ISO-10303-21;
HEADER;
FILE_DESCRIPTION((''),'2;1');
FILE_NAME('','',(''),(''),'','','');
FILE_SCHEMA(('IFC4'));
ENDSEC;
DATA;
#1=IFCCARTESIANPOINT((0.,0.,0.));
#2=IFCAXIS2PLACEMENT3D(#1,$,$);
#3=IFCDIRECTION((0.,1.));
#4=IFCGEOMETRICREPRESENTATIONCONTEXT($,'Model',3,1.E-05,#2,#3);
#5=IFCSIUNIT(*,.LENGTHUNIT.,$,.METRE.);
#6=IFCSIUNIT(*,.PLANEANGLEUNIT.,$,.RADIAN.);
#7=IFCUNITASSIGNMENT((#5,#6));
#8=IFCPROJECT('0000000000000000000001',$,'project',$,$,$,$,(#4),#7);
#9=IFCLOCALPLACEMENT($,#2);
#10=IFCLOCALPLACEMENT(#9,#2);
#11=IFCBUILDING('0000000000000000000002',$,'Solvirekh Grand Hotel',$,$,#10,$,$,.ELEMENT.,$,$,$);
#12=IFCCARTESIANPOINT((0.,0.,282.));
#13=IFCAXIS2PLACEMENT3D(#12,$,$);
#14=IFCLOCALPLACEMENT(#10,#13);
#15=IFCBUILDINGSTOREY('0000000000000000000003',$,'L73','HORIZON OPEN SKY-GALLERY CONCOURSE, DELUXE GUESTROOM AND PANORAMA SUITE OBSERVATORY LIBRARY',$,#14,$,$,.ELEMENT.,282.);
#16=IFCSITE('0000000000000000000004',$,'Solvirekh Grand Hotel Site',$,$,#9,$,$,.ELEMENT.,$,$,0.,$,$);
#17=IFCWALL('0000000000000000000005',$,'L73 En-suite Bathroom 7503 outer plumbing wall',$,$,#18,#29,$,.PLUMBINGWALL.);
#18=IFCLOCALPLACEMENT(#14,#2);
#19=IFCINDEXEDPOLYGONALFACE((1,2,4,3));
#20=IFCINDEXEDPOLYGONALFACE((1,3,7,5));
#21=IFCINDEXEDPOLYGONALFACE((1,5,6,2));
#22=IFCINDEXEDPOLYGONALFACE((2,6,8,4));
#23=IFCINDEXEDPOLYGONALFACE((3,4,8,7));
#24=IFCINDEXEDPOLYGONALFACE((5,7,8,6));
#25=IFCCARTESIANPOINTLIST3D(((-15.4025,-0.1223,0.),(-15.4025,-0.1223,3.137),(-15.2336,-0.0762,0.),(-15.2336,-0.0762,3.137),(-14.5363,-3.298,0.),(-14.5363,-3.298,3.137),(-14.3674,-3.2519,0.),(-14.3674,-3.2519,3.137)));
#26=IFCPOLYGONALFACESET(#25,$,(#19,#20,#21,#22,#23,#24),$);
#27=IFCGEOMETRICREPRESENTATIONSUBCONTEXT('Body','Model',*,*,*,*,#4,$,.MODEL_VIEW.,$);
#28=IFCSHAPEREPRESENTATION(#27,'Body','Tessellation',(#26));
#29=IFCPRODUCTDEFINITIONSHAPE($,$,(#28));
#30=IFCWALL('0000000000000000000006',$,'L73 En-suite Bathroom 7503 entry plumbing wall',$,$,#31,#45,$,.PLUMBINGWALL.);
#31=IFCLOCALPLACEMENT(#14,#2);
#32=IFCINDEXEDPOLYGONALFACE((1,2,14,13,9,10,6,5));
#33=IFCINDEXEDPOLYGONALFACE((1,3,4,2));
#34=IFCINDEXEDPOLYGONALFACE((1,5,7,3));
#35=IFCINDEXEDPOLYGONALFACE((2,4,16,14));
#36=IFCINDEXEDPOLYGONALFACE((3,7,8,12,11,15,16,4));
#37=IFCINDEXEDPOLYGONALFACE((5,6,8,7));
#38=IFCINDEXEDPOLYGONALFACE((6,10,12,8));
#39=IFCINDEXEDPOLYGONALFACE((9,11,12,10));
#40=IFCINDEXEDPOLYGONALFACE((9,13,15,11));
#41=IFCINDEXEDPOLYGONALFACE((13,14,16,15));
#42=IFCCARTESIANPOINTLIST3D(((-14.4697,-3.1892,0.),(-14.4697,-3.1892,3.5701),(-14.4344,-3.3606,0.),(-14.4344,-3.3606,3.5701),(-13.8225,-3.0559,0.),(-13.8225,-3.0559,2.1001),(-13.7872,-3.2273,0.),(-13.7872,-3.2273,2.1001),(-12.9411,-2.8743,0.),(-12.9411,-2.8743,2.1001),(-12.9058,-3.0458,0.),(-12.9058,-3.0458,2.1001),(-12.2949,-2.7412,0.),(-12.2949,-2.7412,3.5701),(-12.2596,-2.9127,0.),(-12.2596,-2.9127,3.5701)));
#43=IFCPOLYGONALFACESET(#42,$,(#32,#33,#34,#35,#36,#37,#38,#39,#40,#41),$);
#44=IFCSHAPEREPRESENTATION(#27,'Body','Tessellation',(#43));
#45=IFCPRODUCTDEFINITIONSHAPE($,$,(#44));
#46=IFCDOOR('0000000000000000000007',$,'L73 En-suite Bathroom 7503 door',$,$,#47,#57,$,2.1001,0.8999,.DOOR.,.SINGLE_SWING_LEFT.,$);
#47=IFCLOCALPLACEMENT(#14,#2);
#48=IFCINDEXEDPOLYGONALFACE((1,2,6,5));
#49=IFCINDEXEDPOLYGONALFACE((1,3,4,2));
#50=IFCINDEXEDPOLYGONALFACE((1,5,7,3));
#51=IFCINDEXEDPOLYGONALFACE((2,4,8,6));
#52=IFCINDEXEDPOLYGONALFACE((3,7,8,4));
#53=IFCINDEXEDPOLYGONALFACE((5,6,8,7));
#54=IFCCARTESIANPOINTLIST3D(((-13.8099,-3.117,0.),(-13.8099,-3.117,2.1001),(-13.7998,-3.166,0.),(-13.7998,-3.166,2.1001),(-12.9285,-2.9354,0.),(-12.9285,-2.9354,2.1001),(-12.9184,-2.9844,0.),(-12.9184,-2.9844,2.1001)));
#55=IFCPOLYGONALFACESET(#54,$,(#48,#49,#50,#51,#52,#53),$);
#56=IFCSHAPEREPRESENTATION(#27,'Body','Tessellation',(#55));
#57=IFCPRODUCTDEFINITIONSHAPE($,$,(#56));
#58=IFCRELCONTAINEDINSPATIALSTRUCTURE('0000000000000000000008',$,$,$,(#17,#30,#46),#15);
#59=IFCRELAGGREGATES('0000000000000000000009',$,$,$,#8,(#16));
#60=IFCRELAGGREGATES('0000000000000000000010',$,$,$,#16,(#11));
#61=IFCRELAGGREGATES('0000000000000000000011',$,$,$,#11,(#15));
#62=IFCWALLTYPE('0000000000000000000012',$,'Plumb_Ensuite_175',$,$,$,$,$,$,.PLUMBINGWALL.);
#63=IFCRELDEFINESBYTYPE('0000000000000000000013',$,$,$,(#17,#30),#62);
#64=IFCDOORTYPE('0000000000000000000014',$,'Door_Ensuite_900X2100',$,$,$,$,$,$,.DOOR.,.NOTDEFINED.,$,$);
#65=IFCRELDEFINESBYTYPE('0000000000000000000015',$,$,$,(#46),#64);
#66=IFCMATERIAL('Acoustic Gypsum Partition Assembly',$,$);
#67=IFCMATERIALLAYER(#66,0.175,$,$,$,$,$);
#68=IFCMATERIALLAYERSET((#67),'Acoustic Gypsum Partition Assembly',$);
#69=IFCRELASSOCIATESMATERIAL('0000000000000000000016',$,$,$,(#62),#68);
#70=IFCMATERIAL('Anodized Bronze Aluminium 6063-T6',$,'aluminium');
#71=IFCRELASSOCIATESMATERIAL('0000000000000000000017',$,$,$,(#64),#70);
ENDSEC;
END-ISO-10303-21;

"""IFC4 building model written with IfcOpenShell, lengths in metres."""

from ifc_helpers import new_model, si_unit, direction, frame, frame_2d, origin, place, context, subcontext, project, spatial, rectangle, extrude, material, layer, layer_set, type_object, element, fill, save


model = new_model("IFC4")

# Units and contexts
model_context = context("Model", 3, precision=1e-05, world=origin(), true_north=direction((0.0, 1.0)))
body_context = subcontext(model_context, "Body", "Model", "MODEL_VIEW")
ifc_project = project(units=[si_unit("LENGTHUNIT", "METRE"), si_unit("PLANEANGLEUNIT", "RADIAN")], contexts=[model_context])

# Site, building, storey
site_placement = place(None, origin())
site = spatial("IfcSite", under=ifc_project, at=site_placement, Name="Solvirekh Grand Hotel Site", CompositionType="ELEMENT", RefElevation=0.0)
building_placement = place(site_placement, origin())
building = spatial("IfcBuilding", under=site, at=building_placement, Name="Solvirekh Grand Hotel", CompositionType="ELEMENT")
storey_placement = place(building_placement, frame((0.0, 0.0, 282.0)))
storey = spatial("IfcBuildingStorey", under=building, at=storey_placement, Name="L73", Description="HORIZON OPEN SKY-GALLERY CONCOURSE, DELUXE GUESTROOM AND PANORAMA SUITE OBSERVATORY LIBRARY", CompositionType="ELEMENT", Elevation=282.0)

# Shared definitions
ifc_material_1 = material(Name="Acoustic Gypsum Partition Assembly")

# Shared definitions
ifc_material_2 = material(Name="Anodized Bronze Aluminium 6063-T6", Category="aluminium")

# Wall
ifc_layer_1 = layer(ifc_material_1, 0.175)
ifc_layer_set_1 = layer_set([ifc_layer_1], Name="Acoustic Gypsum Partition Assembly")
wall_type_1 = type_object("IfcWallType", Name="Plumb_Ensuite_175", PredefinedType="PLUMBINGWALL", material=ifc_layer_set_1)
wall_1_placement = place(storey_placement, frame((-15.3181, -0.0991, 0.0), z_axis=(0.0, 0.0, 1.0), x_axis=(0.263143, -0.964757, 0.0)))
element("IfcWall", 1, at=wall_1_placement, inside=storey, type_object=wall_type_1, Name="L73 En-suite Bathroom 7503 outer plumbing wall", PredefinedType="PLUMBINGWALL", context=body_context, shape_type="SweptSolid", body=[
    extrude(rectangle(XDim=3.2917, YDim=0.175, at=frame_2d((1.646, 0.0))), origin(), (0.0, 0.0, 1.0), 3.137),
])

# Wall, opening, door
wall_2_placement = place(storey_placement, frame((-12.2771, -2.8269, 0.0), z_axis=(0.0, 0.0, 1.0), x_axis=(-0.979435, -0.201758, 0.0)))
wall_2 = element("IfcWall", 2, at=wall_2_placement, inside=storey, type_object=wall_type_1, Name="L73 En-suite Bathroom 7503 entry plumbing wall", PredefinedType="PLUMBINGWALL", context=body_context, shape_type="SweptSolid", body=[
    extrude(rectangle(XDim=2.2205, YDim=0.175, at=frame_2d((1.1104, 0.0))), origin(), (0.0, 0.0, 1.0), 3.5701),
])
opening_1_placement = place(wall_2_placement, frame((0.6599, 0.0, 0.0)))
opening_1 = element("IfcOpeningElement", 3, at=opening_1_placement, cuts=wall_2, PredefinedType="OPENING", context=body_context, shape_type="SweptSolid", body=[
    extrude(rectangle(XDim=0.8999, YDim=2.1001, at=frame_2d((0.45, 1.05))), frame((0.0, 0.0977, 0.0), z_axis=(0.0, -1.0, 0.0), x_axis=(1.0, 0.0, 0.0)), (0.0, 0.0, 1.0), 0.1951),
])
door_type_1 = type_object("IfcDoorType", Name="Door_Ensuite_900X2100", OperationType="NOTDEFINED", PredefinedType="DOOR", material=ifc_material_2)
door_1_placement = place(opening_1_placement, origin())
door_1 = element("IfcDoor", 4, at=door_1_placement, inside=storey, type_object=door_type_1, Name="L73 En-suite Bathroom 7503 door", OperationType="SINGLE_SWING_LEFT", OverallHeight=2.1001, OverallWidth=0.8999, PredefinedType="DOOR", context=body_context, shape_type="SweptSolid", body=[
    extrude(rectangle(XDim=0.8999, YDim=2.1001, at=frame_2d((0.45, 1.05))), frame((0.0, 0.0249, 0.0), z_axis=(0.0, -1.0, 0.0), x_axis=(1.0, 0.0, 0.0)), (0.0, 0.0, 1.0), 0.05),
])
fill(opening_1, door_1)

save(model, "model.ifc")
